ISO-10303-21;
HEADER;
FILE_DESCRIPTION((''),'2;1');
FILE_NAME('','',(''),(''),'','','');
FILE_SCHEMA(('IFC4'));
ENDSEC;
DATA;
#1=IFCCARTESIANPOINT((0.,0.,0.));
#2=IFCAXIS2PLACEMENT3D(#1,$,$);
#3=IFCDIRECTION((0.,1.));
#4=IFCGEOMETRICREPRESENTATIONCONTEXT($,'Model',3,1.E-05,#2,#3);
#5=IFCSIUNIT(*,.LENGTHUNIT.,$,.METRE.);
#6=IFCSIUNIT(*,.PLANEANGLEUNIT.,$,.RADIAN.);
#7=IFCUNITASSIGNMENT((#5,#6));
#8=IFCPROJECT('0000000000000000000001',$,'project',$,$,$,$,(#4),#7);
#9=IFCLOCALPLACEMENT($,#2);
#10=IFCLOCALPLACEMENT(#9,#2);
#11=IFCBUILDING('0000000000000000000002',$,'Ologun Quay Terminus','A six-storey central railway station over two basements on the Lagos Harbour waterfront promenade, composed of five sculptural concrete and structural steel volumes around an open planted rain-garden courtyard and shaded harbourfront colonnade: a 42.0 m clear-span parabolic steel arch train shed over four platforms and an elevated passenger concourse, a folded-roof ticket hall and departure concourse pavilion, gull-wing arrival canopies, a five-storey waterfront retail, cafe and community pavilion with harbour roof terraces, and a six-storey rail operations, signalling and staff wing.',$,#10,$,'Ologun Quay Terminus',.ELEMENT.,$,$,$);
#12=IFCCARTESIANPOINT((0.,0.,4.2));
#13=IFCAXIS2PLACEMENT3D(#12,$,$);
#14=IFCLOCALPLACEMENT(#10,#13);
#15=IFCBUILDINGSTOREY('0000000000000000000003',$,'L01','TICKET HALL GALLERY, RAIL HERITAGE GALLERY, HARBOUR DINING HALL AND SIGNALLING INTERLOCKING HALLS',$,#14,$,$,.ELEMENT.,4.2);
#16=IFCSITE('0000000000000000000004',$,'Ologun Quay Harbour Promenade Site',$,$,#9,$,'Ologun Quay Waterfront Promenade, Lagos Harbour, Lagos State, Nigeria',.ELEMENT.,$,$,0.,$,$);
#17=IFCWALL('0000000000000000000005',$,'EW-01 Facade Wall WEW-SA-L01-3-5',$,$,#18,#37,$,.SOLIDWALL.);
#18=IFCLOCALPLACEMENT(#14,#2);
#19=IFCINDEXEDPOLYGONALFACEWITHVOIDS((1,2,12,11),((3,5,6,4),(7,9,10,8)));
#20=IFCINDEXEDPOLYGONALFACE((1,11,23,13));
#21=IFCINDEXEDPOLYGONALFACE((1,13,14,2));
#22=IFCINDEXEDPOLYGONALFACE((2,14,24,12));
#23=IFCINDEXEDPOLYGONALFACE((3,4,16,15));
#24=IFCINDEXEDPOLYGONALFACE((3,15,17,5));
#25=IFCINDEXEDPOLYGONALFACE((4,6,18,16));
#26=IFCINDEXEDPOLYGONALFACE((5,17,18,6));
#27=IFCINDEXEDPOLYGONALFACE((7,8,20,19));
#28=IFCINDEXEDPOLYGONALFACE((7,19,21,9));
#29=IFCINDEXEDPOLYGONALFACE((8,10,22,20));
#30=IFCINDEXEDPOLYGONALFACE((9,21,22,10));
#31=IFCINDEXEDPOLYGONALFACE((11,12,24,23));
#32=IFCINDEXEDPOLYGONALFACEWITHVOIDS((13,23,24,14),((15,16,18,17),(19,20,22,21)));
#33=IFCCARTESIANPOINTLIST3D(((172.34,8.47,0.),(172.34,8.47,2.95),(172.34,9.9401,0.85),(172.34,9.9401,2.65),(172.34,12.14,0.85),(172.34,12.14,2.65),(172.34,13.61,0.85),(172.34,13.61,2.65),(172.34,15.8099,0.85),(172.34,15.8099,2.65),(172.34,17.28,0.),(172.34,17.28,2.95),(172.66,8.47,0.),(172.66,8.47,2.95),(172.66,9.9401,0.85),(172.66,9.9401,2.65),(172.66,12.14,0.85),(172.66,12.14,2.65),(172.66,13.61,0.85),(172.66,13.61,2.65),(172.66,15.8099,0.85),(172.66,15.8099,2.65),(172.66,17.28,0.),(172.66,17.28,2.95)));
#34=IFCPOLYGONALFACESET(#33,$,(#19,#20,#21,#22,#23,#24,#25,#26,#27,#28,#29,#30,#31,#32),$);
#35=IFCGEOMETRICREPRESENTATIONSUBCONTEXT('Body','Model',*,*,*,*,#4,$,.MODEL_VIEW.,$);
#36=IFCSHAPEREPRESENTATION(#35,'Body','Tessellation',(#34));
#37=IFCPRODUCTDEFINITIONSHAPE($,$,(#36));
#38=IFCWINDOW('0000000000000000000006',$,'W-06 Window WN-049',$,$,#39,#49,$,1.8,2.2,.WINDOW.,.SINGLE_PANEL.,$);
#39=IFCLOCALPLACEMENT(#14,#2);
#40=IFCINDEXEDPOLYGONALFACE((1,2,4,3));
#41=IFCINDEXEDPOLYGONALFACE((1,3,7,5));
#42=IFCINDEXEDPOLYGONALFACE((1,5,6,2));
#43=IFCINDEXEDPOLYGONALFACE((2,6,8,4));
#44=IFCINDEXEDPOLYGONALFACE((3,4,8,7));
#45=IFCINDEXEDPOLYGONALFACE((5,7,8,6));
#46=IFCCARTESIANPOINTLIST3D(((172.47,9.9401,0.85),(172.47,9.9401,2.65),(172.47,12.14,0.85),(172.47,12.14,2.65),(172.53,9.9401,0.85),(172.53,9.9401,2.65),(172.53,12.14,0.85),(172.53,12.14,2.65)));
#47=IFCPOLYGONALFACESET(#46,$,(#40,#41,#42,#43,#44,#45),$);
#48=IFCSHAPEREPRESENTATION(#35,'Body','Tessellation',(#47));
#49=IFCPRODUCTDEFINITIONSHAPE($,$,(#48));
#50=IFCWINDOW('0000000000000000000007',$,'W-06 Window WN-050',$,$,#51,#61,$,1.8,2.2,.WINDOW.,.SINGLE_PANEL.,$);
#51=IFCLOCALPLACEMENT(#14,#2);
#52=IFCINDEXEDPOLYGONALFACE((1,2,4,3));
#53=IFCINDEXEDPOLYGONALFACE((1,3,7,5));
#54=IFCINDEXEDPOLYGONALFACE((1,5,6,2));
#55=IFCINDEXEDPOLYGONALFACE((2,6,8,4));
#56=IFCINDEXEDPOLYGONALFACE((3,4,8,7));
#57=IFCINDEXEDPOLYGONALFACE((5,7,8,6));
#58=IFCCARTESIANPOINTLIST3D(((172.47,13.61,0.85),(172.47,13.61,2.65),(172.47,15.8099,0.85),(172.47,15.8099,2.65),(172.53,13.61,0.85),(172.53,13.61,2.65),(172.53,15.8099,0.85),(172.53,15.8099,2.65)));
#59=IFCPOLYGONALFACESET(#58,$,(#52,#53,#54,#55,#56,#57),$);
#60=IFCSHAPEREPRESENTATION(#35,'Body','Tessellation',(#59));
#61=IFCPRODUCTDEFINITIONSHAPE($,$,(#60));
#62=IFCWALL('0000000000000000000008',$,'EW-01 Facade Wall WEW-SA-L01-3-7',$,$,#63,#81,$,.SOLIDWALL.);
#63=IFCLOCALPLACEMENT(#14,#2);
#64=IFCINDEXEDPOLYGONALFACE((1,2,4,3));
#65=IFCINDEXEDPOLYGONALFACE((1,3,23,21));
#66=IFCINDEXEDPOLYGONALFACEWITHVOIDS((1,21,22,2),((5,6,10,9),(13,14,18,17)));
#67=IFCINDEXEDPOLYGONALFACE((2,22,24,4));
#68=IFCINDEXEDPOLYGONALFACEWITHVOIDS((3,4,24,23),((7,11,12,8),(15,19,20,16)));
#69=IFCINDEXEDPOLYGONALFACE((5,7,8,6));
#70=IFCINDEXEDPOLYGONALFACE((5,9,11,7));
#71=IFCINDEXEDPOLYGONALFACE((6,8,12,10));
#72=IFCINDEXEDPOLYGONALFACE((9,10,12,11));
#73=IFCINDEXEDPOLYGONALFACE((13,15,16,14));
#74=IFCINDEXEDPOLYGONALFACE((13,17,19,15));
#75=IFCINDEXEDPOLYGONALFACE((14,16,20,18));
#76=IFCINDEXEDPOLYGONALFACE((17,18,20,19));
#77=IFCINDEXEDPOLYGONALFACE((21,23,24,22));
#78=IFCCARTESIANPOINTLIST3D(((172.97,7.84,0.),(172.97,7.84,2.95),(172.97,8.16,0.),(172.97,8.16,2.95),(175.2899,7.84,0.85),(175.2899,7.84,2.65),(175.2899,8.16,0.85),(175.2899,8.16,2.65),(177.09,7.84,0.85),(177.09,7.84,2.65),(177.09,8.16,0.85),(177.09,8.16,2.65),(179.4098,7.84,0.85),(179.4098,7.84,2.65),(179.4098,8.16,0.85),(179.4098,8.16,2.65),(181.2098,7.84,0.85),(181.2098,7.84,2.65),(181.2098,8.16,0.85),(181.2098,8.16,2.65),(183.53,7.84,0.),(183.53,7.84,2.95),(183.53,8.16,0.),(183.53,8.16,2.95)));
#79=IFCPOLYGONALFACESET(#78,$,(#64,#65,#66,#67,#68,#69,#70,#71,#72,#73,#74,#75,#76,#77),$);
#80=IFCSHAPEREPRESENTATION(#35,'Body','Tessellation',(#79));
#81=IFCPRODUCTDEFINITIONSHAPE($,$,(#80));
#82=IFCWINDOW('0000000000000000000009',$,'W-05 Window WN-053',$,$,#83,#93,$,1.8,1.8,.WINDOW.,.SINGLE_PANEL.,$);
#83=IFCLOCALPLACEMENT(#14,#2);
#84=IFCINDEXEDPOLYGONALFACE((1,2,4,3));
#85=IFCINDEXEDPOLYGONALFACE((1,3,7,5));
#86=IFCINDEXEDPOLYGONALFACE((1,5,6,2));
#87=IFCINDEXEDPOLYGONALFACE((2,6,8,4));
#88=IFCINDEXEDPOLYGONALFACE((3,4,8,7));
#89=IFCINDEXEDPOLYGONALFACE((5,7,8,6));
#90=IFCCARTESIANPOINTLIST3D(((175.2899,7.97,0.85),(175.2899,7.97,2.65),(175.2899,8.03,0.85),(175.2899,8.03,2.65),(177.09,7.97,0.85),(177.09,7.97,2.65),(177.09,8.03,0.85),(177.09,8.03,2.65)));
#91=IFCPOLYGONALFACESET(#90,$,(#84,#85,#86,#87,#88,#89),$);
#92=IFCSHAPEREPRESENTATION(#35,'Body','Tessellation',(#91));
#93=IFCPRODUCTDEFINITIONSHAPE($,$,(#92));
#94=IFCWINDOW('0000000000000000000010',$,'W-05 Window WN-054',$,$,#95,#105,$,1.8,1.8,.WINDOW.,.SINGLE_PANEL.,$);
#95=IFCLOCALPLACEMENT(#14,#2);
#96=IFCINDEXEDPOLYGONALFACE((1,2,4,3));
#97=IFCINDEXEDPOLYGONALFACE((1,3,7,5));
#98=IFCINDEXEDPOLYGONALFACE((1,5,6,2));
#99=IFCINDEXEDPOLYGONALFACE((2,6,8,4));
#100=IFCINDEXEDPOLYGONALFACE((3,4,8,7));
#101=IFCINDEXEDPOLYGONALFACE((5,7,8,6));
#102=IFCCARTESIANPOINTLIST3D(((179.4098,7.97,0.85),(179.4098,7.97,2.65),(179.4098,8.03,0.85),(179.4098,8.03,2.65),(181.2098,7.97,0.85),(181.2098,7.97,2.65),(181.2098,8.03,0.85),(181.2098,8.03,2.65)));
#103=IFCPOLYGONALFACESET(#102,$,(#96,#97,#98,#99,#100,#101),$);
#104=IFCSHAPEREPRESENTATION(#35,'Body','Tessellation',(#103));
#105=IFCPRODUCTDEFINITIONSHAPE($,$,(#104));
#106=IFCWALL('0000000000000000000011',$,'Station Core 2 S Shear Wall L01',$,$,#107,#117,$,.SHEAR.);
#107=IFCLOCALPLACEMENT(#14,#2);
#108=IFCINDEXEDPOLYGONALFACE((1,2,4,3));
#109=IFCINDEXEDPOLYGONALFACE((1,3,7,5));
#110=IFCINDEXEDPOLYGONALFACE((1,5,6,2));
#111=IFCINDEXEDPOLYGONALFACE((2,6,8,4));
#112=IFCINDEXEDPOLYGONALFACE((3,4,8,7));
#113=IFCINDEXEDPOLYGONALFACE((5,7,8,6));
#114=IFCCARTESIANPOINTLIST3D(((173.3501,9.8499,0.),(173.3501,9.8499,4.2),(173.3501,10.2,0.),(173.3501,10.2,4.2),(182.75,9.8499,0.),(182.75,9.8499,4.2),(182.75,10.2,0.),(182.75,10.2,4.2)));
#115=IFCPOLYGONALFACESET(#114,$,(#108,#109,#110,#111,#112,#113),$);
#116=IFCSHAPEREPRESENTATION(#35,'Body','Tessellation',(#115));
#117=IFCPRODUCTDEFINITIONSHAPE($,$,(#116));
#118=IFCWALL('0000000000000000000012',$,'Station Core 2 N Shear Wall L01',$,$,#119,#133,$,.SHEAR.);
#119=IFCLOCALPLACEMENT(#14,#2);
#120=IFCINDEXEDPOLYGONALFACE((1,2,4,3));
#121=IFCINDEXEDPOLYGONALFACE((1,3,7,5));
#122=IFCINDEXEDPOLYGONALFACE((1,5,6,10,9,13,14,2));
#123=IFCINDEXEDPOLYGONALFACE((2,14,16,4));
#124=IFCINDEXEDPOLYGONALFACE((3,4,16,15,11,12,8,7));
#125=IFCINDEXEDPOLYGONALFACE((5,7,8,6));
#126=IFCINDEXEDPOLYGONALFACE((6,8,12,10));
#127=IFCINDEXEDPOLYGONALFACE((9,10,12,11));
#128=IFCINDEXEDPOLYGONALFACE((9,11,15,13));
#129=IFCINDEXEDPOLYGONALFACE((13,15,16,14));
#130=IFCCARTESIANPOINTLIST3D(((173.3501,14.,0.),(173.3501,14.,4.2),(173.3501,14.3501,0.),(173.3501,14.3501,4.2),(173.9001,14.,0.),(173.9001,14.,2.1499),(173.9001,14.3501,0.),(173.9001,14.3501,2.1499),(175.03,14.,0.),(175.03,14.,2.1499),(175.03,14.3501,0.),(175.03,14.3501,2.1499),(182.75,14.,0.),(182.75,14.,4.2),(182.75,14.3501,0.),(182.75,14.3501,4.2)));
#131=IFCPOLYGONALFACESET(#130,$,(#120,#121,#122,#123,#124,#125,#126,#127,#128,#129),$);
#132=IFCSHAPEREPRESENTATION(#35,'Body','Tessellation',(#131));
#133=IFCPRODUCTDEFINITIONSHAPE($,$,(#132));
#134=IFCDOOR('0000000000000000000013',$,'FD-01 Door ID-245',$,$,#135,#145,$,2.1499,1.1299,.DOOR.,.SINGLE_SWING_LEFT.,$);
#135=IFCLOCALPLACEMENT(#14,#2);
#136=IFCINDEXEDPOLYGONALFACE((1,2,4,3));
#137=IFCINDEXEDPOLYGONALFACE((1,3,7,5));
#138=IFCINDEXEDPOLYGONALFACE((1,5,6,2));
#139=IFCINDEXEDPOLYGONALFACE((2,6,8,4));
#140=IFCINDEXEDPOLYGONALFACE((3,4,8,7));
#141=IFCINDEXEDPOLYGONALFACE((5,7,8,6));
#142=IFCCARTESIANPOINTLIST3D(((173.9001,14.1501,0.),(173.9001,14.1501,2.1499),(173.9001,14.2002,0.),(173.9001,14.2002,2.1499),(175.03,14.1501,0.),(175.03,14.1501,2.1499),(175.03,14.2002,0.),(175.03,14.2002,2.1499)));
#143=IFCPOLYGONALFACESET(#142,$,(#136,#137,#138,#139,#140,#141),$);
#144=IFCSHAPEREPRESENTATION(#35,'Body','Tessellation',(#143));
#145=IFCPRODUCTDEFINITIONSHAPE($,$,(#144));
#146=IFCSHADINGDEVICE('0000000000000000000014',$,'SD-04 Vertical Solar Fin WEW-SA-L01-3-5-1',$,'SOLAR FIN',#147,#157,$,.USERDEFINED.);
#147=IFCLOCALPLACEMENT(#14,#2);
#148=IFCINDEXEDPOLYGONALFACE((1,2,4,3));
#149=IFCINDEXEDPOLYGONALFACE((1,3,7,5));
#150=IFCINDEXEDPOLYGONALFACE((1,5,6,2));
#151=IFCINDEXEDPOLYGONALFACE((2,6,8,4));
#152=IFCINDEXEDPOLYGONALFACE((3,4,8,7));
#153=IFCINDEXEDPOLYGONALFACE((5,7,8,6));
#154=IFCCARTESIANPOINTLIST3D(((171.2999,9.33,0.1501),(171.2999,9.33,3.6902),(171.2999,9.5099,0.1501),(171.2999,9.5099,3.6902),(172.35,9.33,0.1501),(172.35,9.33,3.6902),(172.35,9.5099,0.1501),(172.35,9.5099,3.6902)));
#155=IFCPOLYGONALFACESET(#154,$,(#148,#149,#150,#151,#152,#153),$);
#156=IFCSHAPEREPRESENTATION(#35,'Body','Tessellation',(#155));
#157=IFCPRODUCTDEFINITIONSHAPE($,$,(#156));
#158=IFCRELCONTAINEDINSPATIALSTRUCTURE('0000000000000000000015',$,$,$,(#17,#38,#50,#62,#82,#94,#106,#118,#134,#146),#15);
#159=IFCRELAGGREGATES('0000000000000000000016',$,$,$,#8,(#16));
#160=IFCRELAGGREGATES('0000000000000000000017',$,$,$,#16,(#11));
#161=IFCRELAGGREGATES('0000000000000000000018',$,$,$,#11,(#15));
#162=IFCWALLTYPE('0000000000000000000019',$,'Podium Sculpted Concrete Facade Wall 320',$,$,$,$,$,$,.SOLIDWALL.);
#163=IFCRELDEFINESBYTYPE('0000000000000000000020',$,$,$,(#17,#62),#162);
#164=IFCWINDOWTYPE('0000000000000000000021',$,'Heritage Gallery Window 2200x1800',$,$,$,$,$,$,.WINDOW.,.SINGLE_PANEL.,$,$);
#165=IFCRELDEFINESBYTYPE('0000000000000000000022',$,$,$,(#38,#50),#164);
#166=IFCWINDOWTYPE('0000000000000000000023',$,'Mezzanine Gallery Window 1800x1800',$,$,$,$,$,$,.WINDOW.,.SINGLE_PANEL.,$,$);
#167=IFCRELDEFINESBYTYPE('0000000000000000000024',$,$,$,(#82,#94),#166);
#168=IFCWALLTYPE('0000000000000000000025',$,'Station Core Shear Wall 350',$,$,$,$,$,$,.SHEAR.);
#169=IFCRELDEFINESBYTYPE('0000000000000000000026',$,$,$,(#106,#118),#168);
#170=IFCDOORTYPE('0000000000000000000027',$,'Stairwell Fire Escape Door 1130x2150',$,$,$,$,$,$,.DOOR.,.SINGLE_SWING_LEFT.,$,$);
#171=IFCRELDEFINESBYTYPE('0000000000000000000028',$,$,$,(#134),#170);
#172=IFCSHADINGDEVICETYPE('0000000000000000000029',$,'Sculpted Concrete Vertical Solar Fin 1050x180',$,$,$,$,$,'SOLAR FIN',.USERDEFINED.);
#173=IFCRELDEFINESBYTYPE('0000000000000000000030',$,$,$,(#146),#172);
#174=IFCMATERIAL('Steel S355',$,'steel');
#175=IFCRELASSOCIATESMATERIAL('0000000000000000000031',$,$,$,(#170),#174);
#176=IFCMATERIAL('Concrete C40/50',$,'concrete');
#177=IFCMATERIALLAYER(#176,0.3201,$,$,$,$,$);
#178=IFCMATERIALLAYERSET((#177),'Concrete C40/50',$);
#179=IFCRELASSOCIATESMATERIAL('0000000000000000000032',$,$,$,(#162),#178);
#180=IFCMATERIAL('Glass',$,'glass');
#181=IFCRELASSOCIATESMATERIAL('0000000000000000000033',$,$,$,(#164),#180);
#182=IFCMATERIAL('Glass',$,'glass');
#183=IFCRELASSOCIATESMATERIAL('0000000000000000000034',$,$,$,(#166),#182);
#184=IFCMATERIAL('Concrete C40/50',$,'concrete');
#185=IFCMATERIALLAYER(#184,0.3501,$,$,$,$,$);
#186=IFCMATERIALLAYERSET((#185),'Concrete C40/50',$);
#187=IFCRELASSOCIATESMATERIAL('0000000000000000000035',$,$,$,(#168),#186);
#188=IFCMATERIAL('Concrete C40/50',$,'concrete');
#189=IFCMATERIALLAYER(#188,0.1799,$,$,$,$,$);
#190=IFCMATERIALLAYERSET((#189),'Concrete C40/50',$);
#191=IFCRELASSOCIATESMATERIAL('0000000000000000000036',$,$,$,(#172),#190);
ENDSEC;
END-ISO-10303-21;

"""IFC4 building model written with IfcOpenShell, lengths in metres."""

from ifc_helpers import new_model, si_unit, direction, frame, frame_2d, origin, origin_2d, place, context, subcontext, project, spatial, rectangle, extrude, material, layer, layer_set, type_object, element, fill, save


model = new_model("IFC4")

# Units and contexts
model_context = context("Model", 3, precision=1e-05, world=origin(), true_north=direction((0.0, 1.0)))
body_context = subcontext(model_context, "Body", "Model", "MODEL_VIEW")
ifc_project = project(units=[si_unit("LENGTHUNIT", "METRE"), si_unit("PLANEANGLEUNIT", "RADIAN")], contexts=[model_context])

# Site, building, storey
site_placement = place(None, origin())
site = spatial("IfcSite", under=ifc_project, at=site_placement, Name="Ologun Quay Harbour Promenade Site", LongName="Ologun Quay Waterfront Promenade, Lagos Harbour, Lagos State, Nigeria", CompositionType="ELEMENT", RefElevation=0.0)
building_placement = place(site_placement, origin())
building = spatial("IfcBuilding", under=site, at=building_placement, Name="Ologun Quay Terminus", Description="A six-storey central railway station over two basements on the Lagos Harbour waterfront promenade, composed of five sculptural concrete and structural steel volumes around an open planted rain-garden courtyard and shaded harbourfront colonnade: a 42.0 m clear-span parabolic steel arch train shed over four platforms and an elevated passenger concourse, a folded-roof ticket hall and departure concourse pavilion, gull-wing arrival canopies, a five-storey waterfront retail, cafe and community pavilion with harbour roof terraces, and a six-storey rail operations, signalling and staff wing.", LongName="Ologun Quay Terminus", CompositionType="ELEMENT")
storey_placement = place(building_placement, frame((0.0, 0.0, 4.2)))
storey = spatial("IfcBuildingStorey", under=building, at=storey_placement, Name="L01", Description="TICKET HALL GALLERY, RAIL HERITAGE GALLERY, HARBOUR DINING HALL AND SIGNALLING INTERLOCKING HALLS", CompositionType="ELEMENT", Elevation=4.2)

# Shared definitions
ifc_material_1 = material(Name="Steel S355", Category="steel")
door_type = type_object("IfcDoorType", Name="Stairwell Fire Escape Door 1130x2150", OperationType="SINGLE_SWING_LEFT", PredefinedType="DOOR", material=ifc_material_1)

# Walls, openings, windows
ifc_material_2 = material(Name="Concrete C40/50", Category="concrete")
ifc_layer_1 = layer(ifc_material_2, 0.3201)
ifc_layer_set_1 = layer_set([ifc_layer_1], Name="Concrete C40/50")
wall_type_1 = type_object("IfcWallType", Name="Podium Sculpted Concrete Facade Wall 320", PredefinedType="SOLIDWALL", material=ifc_layer_set_1)
wall_1_placement = place(storey_placement, frame((172.5, 8.47, 0.0), z_axis=(0.0, 0.0, 1.0), x_axis=(0.0, 1.0, 0.0)))
wall_1 = element("IfcWall", 1, at=wall_1_placement, inside=storey, type_object=wall_type_1, Name="EW-01 Facade Wall WEW-SA-L01-3-5", PredefinedType="SOLIDWALL", context=body_context, shape_type="SweptSolid", body=[
    extrude(rectangle(XDim=8.8101, YDim=0.3201, at=frame_2d((4.405, 0.0))), origin(), (0.0, 0.0, 1.0), 2.95),
])
opening_1_placement = place(wall_1_placement, frame((1.47, 0.0, 0.8501)))
opening_1 = element("IfcOpeningElement", 2, at=opening_1_placement, cuts=wall_1, PredefinedType="OPENING", context=body_context, shape_type="SweptSolid", body=[
    extrude(rectangle(XDim=2.2, YDim=1.8, at=frame_2d((1.1001, 0.8999))), frame((0.0, 0.1699, 0.0), z_axis=(0.0, -1.0, 0.0), x_axis=(1.0, 0.0, 0.0)), (0.0, 0.0, 1.0), 0.3401),
])
opening_2_placement = place(wall_1_placement, frame((5.1399, 0.0, 0.8501)))
opening_2 = element("IfcOpeningElement", 3, at=opening_2_placement, cuts=wall_1, PredefinedType="OPENING", context=body_context, shape_type="SweptSolid", body=[
    extrude(rectangle(XDim=2.2, YDim=1.8, at=frame_2d((1.1001, 0.8999))), frame((0.0, 0.1699, 0.0), z_axis=(0.0, -1.0, 0.0), x_axis=(1.0, 0.0, 0.0)), (0.0, 0.0, 1.0), 0.3401),
])
ifc_material_3 = material(Name="Glass", Category="glass")
window_type_1 = type_object("IfcWindowType", Name="Heritage Gallery Window 2200x1800", PartitioningType="SINGLE_PANEL", PredefinedType="WINDOW", material=ifc_material_3)
window_1_placement = place(opening_1_placement, origin())
window_1 = element("IfcWindow", 4, at=window_1_placement, inside=storey, type_object=window_type_1, Name="W-06 Window WN-049", OverallHeight=1.8, OverallWidth=2.2, PartitioningType="SINGLE_PANEL", PredefinedType="WINDOW", context=body_context, shape_type="SweptSolid", body=[
    extrude(rectangle(XDim=2.2, YDim=1.8, at=frame_2d((1.1001, 0.8999))), frame((0.0, 0.03, 0.0), z_axis=(0.0, -1.0, 0.0), x_axis=(1.0, 0.0, 0.0)), (0.0, 0.0, 1.0), 0.0601),
])
fill(opening_1, window_1)
window_2_placement = place(opening_2_placement, origin())
window_2 = element("IfcWindow", 5, at=window_2_placement, inside=storey, type_object=window_type_1, Name="W-06 Window WN-050", OverallHeight=1.8, OverallWidth=2.2, PartitioningType="SINGLE_PANEL", PredefinedType="WINDOW", context=body_context, shape_type="SweptSolid", body=[
    extrude(rectangle(XDim=2.2, YDim=1.8, at=frame_2d((1.1001, 0.8999))), frame((0.0, 0.03, 0.0), z_axis=(0.0, -1.0, 0.0), x_axis=(1.0, 0.0, 0.0)), (0.0, 0.0, 1.0), 0.0601),
])
fill(opening_2, window_2)
wall_2_placement = place(storey_placement, frame((172.97, 8.0, 0.0), z_axis=(0.0, 0.0, 1.0), x_axis=(1.0, 0.0, 0.0)))
wall_2 = element("IfcWall", 6, at=wall_2_placement, inside=storey, type_object=wall_type_1, Name="EW-01 Facade Wall WEW-SA-L01-3-7", PredefinedType="SOLIDWALL", context=body_context, shape_type="SweptSolid", body=[
    extrude(rectangle(XDim=10.5601, YDim=0.3201, at=frame_2d((5.28, 0.0))), origin(), (0.0, 0.0, 1.0), 2.95),
])
opening_3_placement = place(wall_2_placement, frame((2.3201, 0.0, 0.8501)))
opening_3 = element("IfcOpeningElement", 7, at=opening_3_placement, cuts=wall_2, PredefinedType="OPENING", context=body_context, shape_type="SweptSolid", body=[
    extrude(rectangle(XDim=1.8, YDim=1.8, at=frame_2d((0.8999, 0.8999))), frame((0.0, 0.1699, 0.0), z_axis=(0.0, -1.0, 0.0), x_axis=(1.0, 0.0, 0.0)), (0.0, 0.0, 1.0), 0.3401),
])
opening_4_placement = place(wall_2_placement, frame((6.4399, 0.0, 0.8501)))
opening_4 = element("IfcOpeningElement", 8, at=opening_4_placement, cuts=wall_2, PredefinedType="OPENING", context=body_context, shape_type="SweptSolid", body=[
    extrude(rectangle(XDim=1.8, YDim=1.8, at=frame_2d((0.8999, 0.8999))), frame((0.0, 0.1699, 0.0), z_axis=(0.0, -1.0, 0.0), x_axis=(1.0, 0.0, 0.0)), (0.0, 0.0, 1.0), 0.3401),
])
ifc_material_4 = material(Name="Glass", Category="glass")
window_type_2 = type_object("IfcWindowType", Name="Mezzanine Gallery Window 1800x1800", PartitioningType="SINGLE_PANEL", PredefinedType="WINDOW", material=ifc_material_4)
window_3_placement = place(opening_3_placement, origin())
window_3 = element("IfcWindow", 9, at=window_3_placement, inside=storey, type_object=window_type_2, Name="W-05 Window WN-053", OverallHeight=1.8, OverallWidth=1.8, PartitioningType="SINGLE_PANEL", PredefinedType="WINDOW", context=body_context, shape_type="SweptSolid", body=[
    extrude(rectangle(XDim=1.8, YDim=1.8, at=frame_2d((0.8999, 0.8999))), frame((0.0, 0.03, 0.0), z_axis=(0.0, -1.0, 0.0), x_axis=(1.0, 0.0, 0.0)), (0.0, 0.0, 1.0), 0.0601),
])
fill(opening_3, window_3)
window_4_placement = place(opening_4_placement, origin())
window_4 = element("IfcWindow", 10, at=window_4_placement, inside=storey, type_object=window_type_2, Name="W-05 Window WN-054", OverallHeight=1.8, OverallWidth=1.8, PartitioningType="SINGLE_PANEL", PredefinedType="WINDOW", context=body_context, shape_type="SweptSolid", body=[
    extrude(rectangle(XDim=1.8, YDim=1.8, at=frame_2d((0.8999, 0.8999))), frame((0.0, 0.03, 0.0), z_axis=(0.0, -1.0, 0.0), x_axis=(1.0, 0.0, 0.0)), (0.0, 0.0, 1.0), 0.0601),
])
fill(opening_4, window_4)

# Wall
ifc_material_5 = material(Name="Concrete C40/50", Category="concrete")
ifc_layer_2 = layer(ifc_material_5, 0.3501)
ifc_layer_set_2 = layer_set([ifc_layer_2], Name="Concrete C40/50")
wall_type_2 = type_object("IfcWallType", Name="Station Core Shear Wall 350", PredefinedType="SHEAR", material=ifc_layer_set_2)
wall_3_placement = place(storey_placement, frame((173.3501, 10.0249, 0.0), z_axis=(0.0, 0.0, 1.0), x_axis=(1.0, 0.0, 0.0)))
element("IfcWall", 11, at=wall_3_placement, inside=storey, type_object=wall_type_2, Name="Station Core 2 S Shear Wall L01", PredefinedType="SHEAR", context=body_context, shape_type="SweptSolid", body=[
    extrude(rectangle(XDim=9.3999, YDim=0.3501, at=frame_2d((4.7, 0.0))), origin(), (0.0, 0.0, 1.0), 4.2),
])

# Wall, opening, door
wall_4_placement = place(storey_placement, frame((173.3501, 14.175, 0.0), z_axis=(0.0, 0.0, 1.0), x_axis=(1.0, 0.0, 0.0)))
wall_4 = element("IfcWall", 12, at=wall_4_placement, inside=storey, type_object=wall_type_2, Name="Station Core 2 N Shear Wall L01", PredefinedType="SHEAR", context=body_context, shape_type="SweptSolid", body=[
    extrude(rectangle(XDim=9.3999, YDim=0.3501, at=frame_2d((4.7, 0.0))), origin(), (0.0, 0.0, 1.0), 4.2),
])
opening_5_placement = place(wall_4_placement, frame((0.55, 0.0, 0.0)))
opening_5 = element("IfcOpeningElement", 13, at=opening_5_placement, cuts=wall_4, PredefinedType="OPENING", context=body_context, shape_type="SweptSolid", body=[
    extrude(rectangle(XDim=1.1299, YDim=2.1499, at=frame_2d((0.5649, 1.075))), frame((0.0, 0.1851, 0.0), z_axis=(0.0, -1.0, 0.0), x_axis=(1.0, 0.0, 0.0)), (0.0, 0.0, 1.0), 0.3701),
])
door_1_placement = place(opening_5_placement, frame((0.5649, 0.0, 0.0), z_axis=(0.0, 0.0, 1.0), x_axis=(-1.0, 0.0, 0.0)))
door_1 = element("IfcDoor", 14, at=door_1_placement, inside=storey, type_object=door_type, Name="FD-01 Door ID-245", OperationType="SINGLE_SWING_LEFT", OverallHeight=2.1499, OverallWidth=1.1299, PredefinedType="DOOR", context=body_context, shape_type="SweptSolid", body=[
    extrude(rectangle(XDim=1.1299, YDim=2.1499, at=frame_2d((0.0, 1.075))), frame((0.0, 0.0249, 0.0), z_axis=(0.0, -1.0, 0.0), x_axis=(1.0, 0.0, 0.0)), (0.0, 0.0, 1.0), 0.05),
])
fill(opening_5, door_1)

# Shading device
ifc_material_6 = material(Name="Concrete C40/50", Category="concrete")
ifc_layer_3 = layer(ifc_material_6, 0.1799)
ifc_layer_set_3 = layer_set([ifc_layer_3], Name="Concrete C40/50")
shading_device_type = type_object("IfcShadingDeviceType", Name="Sculpted Concrete Vertical Solar Fin 1050x180", ElementType="SOLAR FIN", PredefinedType="USERDEFINED", material=ifc_layer_set_3)
shading_device_placement = place(storey_placement, frame((171.825, 9.4199, 0.1501), z_axis=(0.0, 0.0, 1.0), x_axis=(1.0, 0.0, 0.0)))
element("IfcShadingDevice", 15, at=shading_device_placement, inside=storey, type_object=shading_device_type, Name="SD-04 Vertical Solar Fin WEW-SA-L01-3-5-1", ObjectType="SOLAR FIN", PredefinedType="USERDEFINED", context=body_context, shape_type="SweptSolid", body=[
    extrude(rectangle(XDim=1.05, YDim=0.1799, at=origin_2d()), origin(), (0.0, 0.0, 1.0), 3.54),
])

save(model, "model.ifc")
